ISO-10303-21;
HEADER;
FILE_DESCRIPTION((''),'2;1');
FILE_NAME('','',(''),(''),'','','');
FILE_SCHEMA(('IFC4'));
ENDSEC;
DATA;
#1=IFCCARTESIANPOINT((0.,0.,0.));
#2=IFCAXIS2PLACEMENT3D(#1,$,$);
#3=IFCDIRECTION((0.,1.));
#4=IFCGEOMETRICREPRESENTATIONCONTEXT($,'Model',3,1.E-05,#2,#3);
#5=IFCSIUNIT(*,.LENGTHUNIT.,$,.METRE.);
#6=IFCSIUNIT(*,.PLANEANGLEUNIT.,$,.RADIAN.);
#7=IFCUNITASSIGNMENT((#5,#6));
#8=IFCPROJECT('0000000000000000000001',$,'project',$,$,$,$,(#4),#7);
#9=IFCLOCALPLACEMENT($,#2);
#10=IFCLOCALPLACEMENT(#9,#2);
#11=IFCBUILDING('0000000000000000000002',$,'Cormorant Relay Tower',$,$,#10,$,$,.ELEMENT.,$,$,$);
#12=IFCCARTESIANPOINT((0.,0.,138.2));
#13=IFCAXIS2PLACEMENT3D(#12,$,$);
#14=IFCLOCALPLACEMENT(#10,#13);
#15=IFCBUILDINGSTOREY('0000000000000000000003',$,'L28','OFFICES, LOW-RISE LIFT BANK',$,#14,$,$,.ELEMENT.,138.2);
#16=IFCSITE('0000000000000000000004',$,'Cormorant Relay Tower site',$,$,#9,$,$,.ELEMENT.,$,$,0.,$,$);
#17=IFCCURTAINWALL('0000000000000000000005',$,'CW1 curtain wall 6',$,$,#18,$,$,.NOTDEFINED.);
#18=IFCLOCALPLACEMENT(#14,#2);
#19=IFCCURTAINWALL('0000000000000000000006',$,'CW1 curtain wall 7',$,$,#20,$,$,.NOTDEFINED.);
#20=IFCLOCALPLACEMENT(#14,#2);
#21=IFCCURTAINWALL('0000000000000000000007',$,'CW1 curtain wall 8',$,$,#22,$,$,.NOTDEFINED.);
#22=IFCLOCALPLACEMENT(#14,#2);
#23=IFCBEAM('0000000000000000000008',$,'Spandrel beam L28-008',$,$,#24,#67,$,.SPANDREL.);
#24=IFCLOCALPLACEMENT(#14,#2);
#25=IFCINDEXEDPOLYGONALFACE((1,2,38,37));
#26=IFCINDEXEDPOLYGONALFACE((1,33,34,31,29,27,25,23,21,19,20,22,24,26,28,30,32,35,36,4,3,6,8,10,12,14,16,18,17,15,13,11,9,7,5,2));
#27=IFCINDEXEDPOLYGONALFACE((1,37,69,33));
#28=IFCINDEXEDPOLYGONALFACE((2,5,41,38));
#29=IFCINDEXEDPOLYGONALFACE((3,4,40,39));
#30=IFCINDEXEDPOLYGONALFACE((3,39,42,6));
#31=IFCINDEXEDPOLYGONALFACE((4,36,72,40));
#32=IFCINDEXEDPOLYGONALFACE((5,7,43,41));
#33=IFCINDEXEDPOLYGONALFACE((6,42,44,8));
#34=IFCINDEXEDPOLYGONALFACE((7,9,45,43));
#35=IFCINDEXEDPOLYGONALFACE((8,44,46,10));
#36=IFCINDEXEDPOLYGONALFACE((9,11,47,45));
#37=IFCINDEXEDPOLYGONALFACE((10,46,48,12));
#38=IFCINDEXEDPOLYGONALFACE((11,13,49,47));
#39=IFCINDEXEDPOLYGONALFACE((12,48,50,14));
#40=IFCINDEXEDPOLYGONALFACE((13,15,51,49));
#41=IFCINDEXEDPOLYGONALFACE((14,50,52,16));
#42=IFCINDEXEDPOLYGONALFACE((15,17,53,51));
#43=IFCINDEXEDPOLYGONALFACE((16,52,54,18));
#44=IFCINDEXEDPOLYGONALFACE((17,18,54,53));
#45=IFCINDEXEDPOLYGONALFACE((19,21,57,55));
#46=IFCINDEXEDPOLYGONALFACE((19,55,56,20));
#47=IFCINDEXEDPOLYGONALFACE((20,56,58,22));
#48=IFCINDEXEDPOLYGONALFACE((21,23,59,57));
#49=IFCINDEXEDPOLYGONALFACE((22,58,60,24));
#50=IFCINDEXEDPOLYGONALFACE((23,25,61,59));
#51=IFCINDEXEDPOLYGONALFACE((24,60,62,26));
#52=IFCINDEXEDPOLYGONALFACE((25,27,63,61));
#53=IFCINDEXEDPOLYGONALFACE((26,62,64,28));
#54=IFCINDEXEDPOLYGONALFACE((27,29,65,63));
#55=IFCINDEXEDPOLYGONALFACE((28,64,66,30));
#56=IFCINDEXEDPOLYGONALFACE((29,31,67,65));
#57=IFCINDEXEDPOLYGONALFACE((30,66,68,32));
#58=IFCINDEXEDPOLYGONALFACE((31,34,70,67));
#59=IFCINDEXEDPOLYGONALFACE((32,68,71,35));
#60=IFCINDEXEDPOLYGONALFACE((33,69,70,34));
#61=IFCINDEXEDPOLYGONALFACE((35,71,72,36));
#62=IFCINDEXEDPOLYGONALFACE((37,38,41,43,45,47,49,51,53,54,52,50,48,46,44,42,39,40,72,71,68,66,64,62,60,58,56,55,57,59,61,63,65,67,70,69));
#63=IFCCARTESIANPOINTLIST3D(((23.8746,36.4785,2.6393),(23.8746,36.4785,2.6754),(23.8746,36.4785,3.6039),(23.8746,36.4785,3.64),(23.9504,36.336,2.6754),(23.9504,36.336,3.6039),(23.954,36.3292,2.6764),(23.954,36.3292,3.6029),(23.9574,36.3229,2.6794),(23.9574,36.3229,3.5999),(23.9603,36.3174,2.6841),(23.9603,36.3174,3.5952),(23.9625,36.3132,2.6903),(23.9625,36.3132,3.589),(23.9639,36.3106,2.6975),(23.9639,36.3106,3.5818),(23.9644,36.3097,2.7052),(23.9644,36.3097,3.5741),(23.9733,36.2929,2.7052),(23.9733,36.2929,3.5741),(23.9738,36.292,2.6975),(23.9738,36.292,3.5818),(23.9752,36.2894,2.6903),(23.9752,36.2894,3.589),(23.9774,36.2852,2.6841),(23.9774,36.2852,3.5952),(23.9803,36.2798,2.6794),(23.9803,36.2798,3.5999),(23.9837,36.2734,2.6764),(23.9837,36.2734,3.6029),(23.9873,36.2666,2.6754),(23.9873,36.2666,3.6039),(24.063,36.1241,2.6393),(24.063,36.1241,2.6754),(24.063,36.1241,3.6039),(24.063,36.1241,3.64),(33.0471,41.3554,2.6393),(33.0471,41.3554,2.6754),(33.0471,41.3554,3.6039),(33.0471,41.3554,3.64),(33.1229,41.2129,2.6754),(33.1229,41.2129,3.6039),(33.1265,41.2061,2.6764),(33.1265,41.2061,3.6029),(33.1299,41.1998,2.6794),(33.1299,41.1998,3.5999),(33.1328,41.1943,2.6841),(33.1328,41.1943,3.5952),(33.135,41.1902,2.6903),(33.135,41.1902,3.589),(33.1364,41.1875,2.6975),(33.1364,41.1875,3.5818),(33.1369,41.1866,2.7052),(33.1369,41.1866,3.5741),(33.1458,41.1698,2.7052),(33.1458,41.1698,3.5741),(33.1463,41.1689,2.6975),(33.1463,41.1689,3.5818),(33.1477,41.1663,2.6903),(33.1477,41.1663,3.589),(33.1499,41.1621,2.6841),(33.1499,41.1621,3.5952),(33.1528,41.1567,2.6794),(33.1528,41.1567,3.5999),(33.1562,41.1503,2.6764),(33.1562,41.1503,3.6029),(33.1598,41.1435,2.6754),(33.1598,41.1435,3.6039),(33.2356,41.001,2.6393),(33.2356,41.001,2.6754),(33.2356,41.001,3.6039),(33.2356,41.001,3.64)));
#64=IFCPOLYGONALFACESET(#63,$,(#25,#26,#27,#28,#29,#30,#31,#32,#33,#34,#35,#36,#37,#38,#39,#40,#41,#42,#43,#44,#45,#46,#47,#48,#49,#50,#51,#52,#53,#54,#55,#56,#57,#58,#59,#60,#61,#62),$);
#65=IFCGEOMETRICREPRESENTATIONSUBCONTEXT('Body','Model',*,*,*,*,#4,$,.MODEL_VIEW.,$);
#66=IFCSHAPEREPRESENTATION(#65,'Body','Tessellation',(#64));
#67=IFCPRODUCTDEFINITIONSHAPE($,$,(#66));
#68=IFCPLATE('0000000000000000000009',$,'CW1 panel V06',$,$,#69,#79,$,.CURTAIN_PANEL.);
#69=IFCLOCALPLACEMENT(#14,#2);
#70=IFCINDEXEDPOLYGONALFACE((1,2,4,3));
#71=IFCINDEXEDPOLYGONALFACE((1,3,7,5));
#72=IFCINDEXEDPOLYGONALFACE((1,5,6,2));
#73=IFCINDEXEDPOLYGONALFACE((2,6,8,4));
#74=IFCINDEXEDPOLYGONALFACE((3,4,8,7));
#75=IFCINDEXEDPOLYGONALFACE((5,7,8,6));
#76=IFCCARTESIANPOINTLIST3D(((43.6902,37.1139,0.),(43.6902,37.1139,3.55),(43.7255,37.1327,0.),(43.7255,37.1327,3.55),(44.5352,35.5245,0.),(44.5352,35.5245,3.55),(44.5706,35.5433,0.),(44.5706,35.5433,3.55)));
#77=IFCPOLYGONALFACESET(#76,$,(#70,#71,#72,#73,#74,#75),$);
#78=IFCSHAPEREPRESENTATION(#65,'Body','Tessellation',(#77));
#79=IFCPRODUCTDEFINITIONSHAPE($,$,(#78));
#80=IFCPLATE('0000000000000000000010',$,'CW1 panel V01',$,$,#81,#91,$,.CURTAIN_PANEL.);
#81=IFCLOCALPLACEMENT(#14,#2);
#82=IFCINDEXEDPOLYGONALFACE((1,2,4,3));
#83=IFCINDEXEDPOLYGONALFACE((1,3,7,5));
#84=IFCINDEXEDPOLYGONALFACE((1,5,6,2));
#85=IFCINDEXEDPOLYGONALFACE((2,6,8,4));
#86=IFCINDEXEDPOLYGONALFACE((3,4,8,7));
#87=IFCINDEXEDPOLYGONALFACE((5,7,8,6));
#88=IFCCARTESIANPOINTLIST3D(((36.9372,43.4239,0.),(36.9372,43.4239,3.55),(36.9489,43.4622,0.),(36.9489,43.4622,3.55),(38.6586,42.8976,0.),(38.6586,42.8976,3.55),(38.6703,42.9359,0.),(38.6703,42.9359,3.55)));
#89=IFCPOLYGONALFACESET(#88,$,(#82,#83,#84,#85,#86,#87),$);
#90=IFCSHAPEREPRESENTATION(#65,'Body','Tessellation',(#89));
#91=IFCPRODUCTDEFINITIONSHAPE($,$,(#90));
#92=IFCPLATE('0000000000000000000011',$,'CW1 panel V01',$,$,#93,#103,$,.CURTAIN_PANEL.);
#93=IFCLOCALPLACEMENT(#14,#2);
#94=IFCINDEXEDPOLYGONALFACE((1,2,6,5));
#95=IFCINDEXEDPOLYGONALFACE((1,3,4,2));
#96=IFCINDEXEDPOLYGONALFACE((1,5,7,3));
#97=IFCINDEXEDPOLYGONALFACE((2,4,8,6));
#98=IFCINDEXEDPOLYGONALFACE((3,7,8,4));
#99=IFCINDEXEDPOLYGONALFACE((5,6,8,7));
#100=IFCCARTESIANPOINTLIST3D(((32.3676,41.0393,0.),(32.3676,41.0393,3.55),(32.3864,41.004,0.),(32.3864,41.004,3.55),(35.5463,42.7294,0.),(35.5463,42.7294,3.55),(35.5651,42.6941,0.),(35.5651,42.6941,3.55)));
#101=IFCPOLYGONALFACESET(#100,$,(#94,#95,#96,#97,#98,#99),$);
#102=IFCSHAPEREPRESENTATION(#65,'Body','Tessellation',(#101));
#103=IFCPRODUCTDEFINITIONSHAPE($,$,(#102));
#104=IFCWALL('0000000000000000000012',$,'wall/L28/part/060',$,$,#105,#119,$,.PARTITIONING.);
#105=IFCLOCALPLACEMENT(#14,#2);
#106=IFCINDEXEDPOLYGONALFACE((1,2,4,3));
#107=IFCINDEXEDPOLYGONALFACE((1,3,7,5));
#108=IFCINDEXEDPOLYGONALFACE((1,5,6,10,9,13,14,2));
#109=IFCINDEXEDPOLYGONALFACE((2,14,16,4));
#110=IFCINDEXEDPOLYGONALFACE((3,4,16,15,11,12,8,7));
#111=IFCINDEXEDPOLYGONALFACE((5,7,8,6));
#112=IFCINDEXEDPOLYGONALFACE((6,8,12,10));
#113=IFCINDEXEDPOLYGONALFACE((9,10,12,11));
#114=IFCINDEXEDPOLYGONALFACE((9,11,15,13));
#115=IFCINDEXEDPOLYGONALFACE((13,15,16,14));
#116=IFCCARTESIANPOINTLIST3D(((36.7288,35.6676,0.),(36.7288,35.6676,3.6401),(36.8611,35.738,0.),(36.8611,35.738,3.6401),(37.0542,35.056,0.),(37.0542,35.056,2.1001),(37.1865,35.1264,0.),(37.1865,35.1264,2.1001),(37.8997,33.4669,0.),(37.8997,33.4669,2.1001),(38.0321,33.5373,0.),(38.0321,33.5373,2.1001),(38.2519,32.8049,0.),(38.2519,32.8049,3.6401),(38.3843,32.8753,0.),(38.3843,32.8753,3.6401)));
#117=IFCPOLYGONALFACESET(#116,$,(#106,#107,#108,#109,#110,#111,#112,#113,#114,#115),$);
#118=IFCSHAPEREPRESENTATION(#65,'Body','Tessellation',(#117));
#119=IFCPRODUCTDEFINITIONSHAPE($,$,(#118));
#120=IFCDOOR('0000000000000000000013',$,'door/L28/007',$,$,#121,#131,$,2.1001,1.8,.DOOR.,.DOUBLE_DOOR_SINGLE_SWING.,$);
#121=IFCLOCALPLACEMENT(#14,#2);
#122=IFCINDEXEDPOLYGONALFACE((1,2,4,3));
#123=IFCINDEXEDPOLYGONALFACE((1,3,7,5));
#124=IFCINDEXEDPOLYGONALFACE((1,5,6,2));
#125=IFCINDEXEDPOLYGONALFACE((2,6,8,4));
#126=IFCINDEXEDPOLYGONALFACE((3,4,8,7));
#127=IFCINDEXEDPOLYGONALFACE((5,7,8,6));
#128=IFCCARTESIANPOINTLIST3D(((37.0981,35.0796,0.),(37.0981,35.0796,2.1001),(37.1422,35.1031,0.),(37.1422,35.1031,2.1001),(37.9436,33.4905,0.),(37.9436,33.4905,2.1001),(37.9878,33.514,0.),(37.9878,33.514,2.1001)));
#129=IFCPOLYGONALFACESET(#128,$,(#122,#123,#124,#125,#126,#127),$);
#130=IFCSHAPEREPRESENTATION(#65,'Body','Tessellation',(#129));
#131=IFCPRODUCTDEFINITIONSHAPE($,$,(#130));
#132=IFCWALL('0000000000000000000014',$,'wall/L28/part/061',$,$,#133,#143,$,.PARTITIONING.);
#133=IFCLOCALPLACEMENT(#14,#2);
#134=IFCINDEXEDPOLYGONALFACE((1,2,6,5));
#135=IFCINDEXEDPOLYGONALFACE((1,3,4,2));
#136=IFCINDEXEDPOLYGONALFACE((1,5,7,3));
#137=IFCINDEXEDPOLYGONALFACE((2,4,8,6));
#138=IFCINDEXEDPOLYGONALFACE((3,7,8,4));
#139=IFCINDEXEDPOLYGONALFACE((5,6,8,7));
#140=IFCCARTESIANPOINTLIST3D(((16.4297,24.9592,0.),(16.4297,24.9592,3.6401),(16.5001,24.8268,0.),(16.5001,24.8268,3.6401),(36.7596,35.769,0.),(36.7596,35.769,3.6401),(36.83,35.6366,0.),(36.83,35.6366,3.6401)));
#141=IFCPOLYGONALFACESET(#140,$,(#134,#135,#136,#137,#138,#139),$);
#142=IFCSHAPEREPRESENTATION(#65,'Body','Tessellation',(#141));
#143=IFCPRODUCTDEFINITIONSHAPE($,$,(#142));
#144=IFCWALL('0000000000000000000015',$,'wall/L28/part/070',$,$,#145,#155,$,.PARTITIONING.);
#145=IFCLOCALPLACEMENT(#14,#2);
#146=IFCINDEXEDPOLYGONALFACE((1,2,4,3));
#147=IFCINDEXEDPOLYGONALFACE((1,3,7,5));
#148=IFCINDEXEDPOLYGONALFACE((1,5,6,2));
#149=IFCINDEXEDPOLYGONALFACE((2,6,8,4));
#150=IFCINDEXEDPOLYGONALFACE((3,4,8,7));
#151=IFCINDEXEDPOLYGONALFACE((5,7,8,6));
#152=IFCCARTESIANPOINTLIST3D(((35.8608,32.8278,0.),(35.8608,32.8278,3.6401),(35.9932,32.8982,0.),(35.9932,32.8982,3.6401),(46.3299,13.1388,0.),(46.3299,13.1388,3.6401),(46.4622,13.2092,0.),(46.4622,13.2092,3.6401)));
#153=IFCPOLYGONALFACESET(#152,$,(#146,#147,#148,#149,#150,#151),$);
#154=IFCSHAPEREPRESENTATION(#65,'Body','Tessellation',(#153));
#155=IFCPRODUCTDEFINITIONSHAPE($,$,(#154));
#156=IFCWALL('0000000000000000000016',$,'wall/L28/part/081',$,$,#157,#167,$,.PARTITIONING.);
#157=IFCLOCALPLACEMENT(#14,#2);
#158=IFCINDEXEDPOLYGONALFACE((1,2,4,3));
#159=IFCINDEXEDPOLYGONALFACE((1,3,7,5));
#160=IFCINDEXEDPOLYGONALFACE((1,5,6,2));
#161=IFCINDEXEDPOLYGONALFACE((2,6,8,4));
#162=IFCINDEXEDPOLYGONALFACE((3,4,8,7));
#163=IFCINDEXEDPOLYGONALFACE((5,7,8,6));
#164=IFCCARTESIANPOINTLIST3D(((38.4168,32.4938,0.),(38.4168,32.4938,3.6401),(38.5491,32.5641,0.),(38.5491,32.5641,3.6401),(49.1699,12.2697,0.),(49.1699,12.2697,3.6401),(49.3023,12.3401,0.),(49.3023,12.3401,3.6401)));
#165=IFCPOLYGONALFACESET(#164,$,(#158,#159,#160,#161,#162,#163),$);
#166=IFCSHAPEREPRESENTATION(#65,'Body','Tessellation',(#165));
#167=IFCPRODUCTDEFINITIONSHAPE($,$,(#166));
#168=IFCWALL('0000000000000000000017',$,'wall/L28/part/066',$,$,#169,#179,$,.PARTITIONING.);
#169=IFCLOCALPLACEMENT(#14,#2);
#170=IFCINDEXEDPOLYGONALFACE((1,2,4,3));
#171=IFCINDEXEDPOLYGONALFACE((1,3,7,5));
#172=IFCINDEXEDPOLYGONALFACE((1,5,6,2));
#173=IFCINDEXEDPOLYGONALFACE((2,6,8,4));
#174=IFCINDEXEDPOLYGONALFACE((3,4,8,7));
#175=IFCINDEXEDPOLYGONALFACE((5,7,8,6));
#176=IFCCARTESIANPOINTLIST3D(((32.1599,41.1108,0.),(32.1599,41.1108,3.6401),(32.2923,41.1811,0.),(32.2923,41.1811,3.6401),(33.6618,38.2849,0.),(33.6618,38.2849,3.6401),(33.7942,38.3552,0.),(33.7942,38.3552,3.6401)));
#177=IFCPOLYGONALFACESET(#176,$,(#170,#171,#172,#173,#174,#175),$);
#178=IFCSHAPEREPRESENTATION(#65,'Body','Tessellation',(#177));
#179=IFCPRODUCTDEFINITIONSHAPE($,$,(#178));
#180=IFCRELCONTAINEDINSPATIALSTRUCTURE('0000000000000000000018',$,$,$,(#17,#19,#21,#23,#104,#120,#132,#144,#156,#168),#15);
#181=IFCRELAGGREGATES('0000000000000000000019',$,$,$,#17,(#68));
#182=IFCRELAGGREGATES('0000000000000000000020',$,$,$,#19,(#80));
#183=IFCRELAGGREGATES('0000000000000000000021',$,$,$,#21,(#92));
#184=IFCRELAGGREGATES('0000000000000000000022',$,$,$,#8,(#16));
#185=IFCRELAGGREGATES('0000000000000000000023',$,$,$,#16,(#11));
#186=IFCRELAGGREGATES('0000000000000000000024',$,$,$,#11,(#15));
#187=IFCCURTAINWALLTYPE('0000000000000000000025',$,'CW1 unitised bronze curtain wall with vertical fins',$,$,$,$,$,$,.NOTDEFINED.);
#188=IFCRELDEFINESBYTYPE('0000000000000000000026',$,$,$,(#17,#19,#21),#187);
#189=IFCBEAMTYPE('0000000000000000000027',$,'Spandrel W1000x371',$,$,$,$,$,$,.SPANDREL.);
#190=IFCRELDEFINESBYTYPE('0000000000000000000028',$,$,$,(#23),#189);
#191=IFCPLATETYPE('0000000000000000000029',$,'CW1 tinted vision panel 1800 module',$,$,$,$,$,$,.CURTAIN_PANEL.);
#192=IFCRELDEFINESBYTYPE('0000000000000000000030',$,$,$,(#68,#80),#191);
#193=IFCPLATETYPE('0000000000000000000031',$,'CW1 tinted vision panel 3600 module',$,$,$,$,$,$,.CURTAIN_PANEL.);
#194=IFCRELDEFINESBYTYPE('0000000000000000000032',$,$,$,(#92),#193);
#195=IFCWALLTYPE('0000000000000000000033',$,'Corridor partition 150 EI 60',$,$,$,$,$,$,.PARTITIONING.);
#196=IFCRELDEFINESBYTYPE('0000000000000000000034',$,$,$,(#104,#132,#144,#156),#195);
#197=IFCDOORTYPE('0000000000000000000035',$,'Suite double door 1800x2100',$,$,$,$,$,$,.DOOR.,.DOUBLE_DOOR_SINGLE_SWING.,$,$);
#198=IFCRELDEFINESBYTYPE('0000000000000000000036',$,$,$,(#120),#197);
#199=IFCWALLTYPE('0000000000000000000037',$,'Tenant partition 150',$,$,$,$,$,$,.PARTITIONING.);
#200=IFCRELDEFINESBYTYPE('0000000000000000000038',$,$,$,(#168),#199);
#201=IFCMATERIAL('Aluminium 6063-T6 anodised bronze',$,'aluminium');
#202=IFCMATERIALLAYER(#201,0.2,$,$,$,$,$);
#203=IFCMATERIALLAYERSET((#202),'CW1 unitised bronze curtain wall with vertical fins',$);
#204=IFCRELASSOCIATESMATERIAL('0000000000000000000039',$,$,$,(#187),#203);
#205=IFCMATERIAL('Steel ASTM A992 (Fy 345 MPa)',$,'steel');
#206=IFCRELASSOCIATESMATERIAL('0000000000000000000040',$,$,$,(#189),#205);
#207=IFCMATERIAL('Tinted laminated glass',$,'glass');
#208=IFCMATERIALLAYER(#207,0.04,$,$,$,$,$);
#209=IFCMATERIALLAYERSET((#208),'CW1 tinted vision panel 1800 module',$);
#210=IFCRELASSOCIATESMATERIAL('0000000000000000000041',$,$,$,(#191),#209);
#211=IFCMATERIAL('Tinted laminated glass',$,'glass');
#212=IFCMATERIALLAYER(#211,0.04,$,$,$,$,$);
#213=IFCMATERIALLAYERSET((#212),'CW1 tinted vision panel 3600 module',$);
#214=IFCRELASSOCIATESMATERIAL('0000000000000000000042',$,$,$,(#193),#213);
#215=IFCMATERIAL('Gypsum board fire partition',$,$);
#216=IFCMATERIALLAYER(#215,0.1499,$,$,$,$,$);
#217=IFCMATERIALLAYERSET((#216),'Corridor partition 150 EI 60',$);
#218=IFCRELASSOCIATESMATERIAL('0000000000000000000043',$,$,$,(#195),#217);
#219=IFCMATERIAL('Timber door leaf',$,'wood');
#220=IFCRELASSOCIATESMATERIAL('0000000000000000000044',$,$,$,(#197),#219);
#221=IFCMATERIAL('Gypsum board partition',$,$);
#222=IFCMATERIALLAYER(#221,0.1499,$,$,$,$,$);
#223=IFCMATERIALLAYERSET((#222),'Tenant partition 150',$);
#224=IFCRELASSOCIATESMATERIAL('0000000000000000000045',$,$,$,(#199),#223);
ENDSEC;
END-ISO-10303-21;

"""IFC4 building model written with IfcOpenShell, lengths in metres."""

from ifc_helpers import new_model, si_unit, direction, frame, frame_2d, origin, origin_2d, place, context, subcontext, project, spatial, rectangle, i_section, extrude, material, layer, layer_set, material_profile, profile_set, type_object, element, fill, aggregate, save


model = new_model("IFC4")

# Units and contexts
model_context = context("Model", 3, precision=1e-05, world=origin(), true_north=direction((0.0, 1.0)))
body_context = subcontext(model_context, "Body", "Model", "MODEL_VIEW")
ifc_project = project(units=[si_unit("LENGTHUNIT", "METRE"), si_unit("PLANEANGLEUNIT", "RADIAN")], contexts=[model_context])

# Site, building, storey
site_placement = place(None, origin())
site = spatial("IfcSite", under=ifc_project, at=site_placement, Name="Cormorant Relay Tower site", CompositionType="ELEMENT", RefElevation=0.0)
building_placement = place(site_placement, origin())
building = spatial("IfcBuilding", under=site, at=building_placement, Name="Cormorant Relay Tower", CompositionType="ELEMENT")
storey_placement = place(building_placement, frame((0.0, 0.0, 138.2)))
storey = spatial("IfcBuildingStorey", under=building, at=storey_placement, Name="L28", Description="OFFICES, LOW-RISE LIFT BANK", CompositionType="ELEMENT", Elevation=138.2)

# Curtain wall
ifc_material_1 = material(Name="Aluminium 6063-T6 anodised bronze", Category="aluminium")
ifc_layer_1 = layer(ifc_material_1, 0.2)
ifc_layer_set_1 = layer_set([ifc_layer_1], Name="CW1 unitised bronze curtain wall with vertical fins")
curtain_wall_type = type_object("IfcCurtainWallType", Name="CW1 unitised bronze curtain wall with vertical fins", PredefinedType="NOTDEFINED", material=ifc_layer_set_1)
curtain_wall_1_placement = place(storey_placement, origin())
curtain_wall_1 = element("IfcCurtainWall", 1, at=curtain_wall_1_placement, inside=storey, type_object=curtain_wall_type, Name="CW1 curtain wall 6", PredefinedType="NOTDEFINED")

# Curtain wall
curtain_wall_2_placement = place(storey_placement, origin())
curtain_wall_2 = element("IfcCurtainWall", 2, at=curtain_wall_2_placement, inside=storey, type_object=curtain_wall_type, Name="CW1 curtain wall 7", PredefinedType="NOTDEFINED")

# Curtain wall
curtain_wall_3_placement = place(storey_placement, origin())
curtain_wall_3 = element("IfcCurtainWall", 3, at=curtain_wall_3_placement, inside=storey, type_object=curtain_wall_type, Name="CW1 curtain wall 8", PredefinedType="NOTDEFINED")

# Beam
ifc_material_2 = material(Name="Steel ASTM A992 (Fy 345 MPa)", Category="steel")
ifc_material_profile_1 = material_profile(ifc_material_2, i_section(OverallWidth=0.4014, OverallDepth=1.0007, WebThickness=0.019, FlangeThickness=0.0361, FilletRadius=0.0298, at=origin_2d()), Name="W1000x371")
ifc_profile_set_1 = profile_set([ifc_material_profile_1], Name="Steel ASTM A992 (Fy 345 MPa)")
beam_type = type_object("IfcBeamType", Name="Spandrel W1000x371", PredefinedType="SPANDREL", material=ifc_profile_set_1)
beam_1_placement = place(storey_placement, frame((33.1414, 41.1782, 3.1396), z_axis=(-0.882956, -0.469456, 0.0), x_axis=(0.469456, -0.882956, 0.0)))
element("IfcBeam", 4, at=beam_1_placement, inside=storey, type_object=beam_type, Name="Spandrel beam L28-008", PredefinedType="SPANDREL", context=body_context, shape_type="SweptSolid", body=[
    extrude(i_section(OverallWidth=0.4014, OverallDepth=1.0007, WebThickness=0.019, FlangeThickness=0.0361, FilletRadius=0.0298, at=origin_2d()), origin(), (0.0, 0.0, 1.0), 10.3884),
])

# Plates
ifc_material_3 = material(Name="Tinted laminated glass", Category="glass")
ifc_layer_2 = layer(ifc_material_3, 0.04)
ifc_layer_set_2 = layer_set([ifc_layer_2], Name="CW1 tinted vision panel 1800 module")
plate_type_1 = type_object("IfcPlateType", Name="CW1 tinted vision panel 1800 module", PredefinedType="CURTAIN_PANEL", material=ifc_layer_set_2)
plate_1_placement = place(storey_placement, frame((44.1304, 36.3286, 0.0), z_axis=(0.0, 0.0, 1.0), x_axis=(-0.469472, 0.882948, 0.0)))
plate_1 = element("IfcPlate", 5, at=plate_1_placement, type_object=plate_type_1, Name="CW1 panel V06", PredefinedType="CURTAIN_PANEL", context=body_context, shape_type="SweptSolid", body=[
    extrude(rectangle(XDim=1.8, YDim=0.04, at=origin_2d()), origin(), (0.0, 0.0, 1.0), 3.55),
])
plate_2_placement = place(storey_placement, frame((37.8037, 43.1799, 0.0), z_axis=(0.0, 0.0, 1.0), x_axis=(-0.956305, 0.292372, 0.0)))
plate_2 = element("IfcPlate", 6, at=plate_2_placement, type_object=plate_type_1, Name="CW1 panel V01", PredefinedType="CURTAIN_PANEL", context=body_context, shape_type="SweptSolid", body=[
    extrude(rectangle(XDim=1.8, YDim=0.04, at=origin_2d()), origin(), (0.0, 0.0, 1.0), 3.55),
])
ifc_material_4 = material(Name="Tinted laminated glass", Category="glass")
ifc_layer_3 = layer(ifc_material_4, 0.04)
ifc_layer_set_3 = layer_set([ifc_layer_3], Name="CW1 tinted vision panel 3600 module")
plate_type_2 = type_object("IfcPlateType", Name="CW1 tinted vision panel 3600 module", PredefinedType="CURTAIN_PANEL", material=ifc_layer_set_3)
plate_3_placement = place(storey_placement, frame((33.9663, 41.8667, 0.0), z_axis=(0.0, 0.0, 1.0), x_axis=(-0.882948, -0.469472, 0.0)))
plate_3 = element("IfcPlate", 7, at=plate_3_placement, type_object=plate_type_2, Name="CW1 panel V01", PredefinedType="CURTAIN_PANEL", context=body_context, shape_type="SweptSolid", body=[
    extrude(rectangle(XDim=3.6001, YDim=0.04, at=origin_2d()), origin(), (0.0, 0.0, 1.0), 3.55),
])

# Wall, opening, door
ifc_material_5 = material(Name="Gypsum board fire partition")
ifc_layer_4 = layer(ifc_material_5, 0.1499)
ifc_layer_set_4 = layer_set([ifc_layer_4], Name="Corridor partition 150 EI 60")
wall_type_1 = type_object("IfcWallType", Name="Corridor partition 150 EI 60", PredefinedType="PARTITIONING", material=ifc_layer_set_4)
wall_1_placement = place(storey_placement, frame((38.3181, 32.8401, 0.0), z_axis=(0.0, 0.0, 1.0), x_axis=(-0.469717, 0.882817, 0.0)))
wall_1 = element("IfcWall", 8, at=wall_1_placement, inside=storey, type_object=wall_type_1, Name="wall/L28/part/060", PredefinedType="PARTITIONING", context=body_context, shape_type="SweptSolid", body=[
    extrude(rectangle(XDim=3.2427, YDim=0.1499, at=frame_2d((1.6213, 0.0))), origin(), (0.0, 0.0, 1.0), 3.6401),
])
opening_placement = place(wall_1_placement, frame((0.75, 0.0, 0.0)))
opening = element("IfcOpeningElement", 9, at=opening_placement, cuts=wall_1, PredefinedType="OPENING", context=body_context, shape_type="SweptSolid", body=[
    extrude(rectangle(XDim=1.8, YDim=2.1001, at=frame_2d((0.8999, 1.05))), frame((0.0, 0.085, 0.0), z_axis=(0.0, -1.0, 0.0), x_axis=(1.0, 0.0, 0.0)), (0.0, 0.0, 1.0), 0.1699),
])
ifc_material_6 = material(Name="Timber door leaf", Category="wood")
door_type = type_object("IfcDoorType", Name="Suite double door 1800x2100", OperationType="DOUBLE_DOOR_SINGLE_SWING", PredefinedType="DOOR", material=ifc_material_6)
door_placement = place(opening_placement, frame((1.8, 0.0, 0.0), z_axis=(0.0, 0.0, 1.0), x_axis=(-1.0, 0.0, 0.0)))
door = element("IfcDoor", 10, at=door_placement, inside=storey, type_object=door_type, Name="door/L28/007", OperationType="DOUBLE_DOOR_SINGLE_SWING", OverallHeight=2.1001, OverallWidth=1.8, PredefinedType="DOOR", context=body_context, shape_type="SweptSolid", body=[
    extrude(rectangle(XDim=1.8, YDim=2.1001, at=frame_2d((0.8999, 1.05))), frame((0.0, 0.0249, 0.0), z_axis=(0.0, -1.0, 0.0), x_axis=(1.0, 0.0, 0.0)), (0.0, 0.0, 1.0), 0.05),
])
fill(opening, door)

# Walls
wall_2_placement = place(storey_placement, frame((36.7949, 35.7029, 0.0), z_axis=(0.0, 0.0, 1.0), x_axis=(-0.882943, -0.46948, 0.0)))
element("IfcWall", 11, at=wall_2_placement, inside=storey, type_object=wall_type_1, Name="wall/L28/part/061", PredefinedType="PARTITIONING", context=body_context, shape_type="SweptSolid", body=[
    extrude(rectangle(XDim=23.0251, YDim=0.1499, at=frame_2d((11.5127, 0.0))), origin(), (0.0, 0.0, 1.0), 3.6401),
])
wall_3_placement = place(storey_placement, frame((35.927, 32.863, 0.0), z_axis=(0.0, 0.0, 1.0), x_axis=(0.469478, -0.882944, 0.0)))
element("IfcWall", 12, at=wall_3_placement, inside=storey, type_object=wall_type_1, Name="wall/L28/part/070", PredefinedType="PARTITIONING", context=body_context, shape_type="SweptSolid", body=[
    extrude(rectangle(XDim=22.2993, YDim=0.1499, at=frame_2d((11.1497, 0.0))), origin(), (0.0, 0.0, 1.0), 3.6401),
])
wall_4_placement = place(storey_placement, frame((38.4829, 32.5291, 0.0), z_axis=(0.0, 0.0, 1.0), x_axis=(0.469465, -0.882951, 0.0)))
element("IfcWall", 13, at=wall_4_placement, inside=storey, type_object=wall_type_1, Name="wall/L28/part/081", PredefinedType="PARTITIONING", context=body_context, shape_type="SweptSolid", body=[
    extrude(rectangle(XDim=22.905, YDim=0.1499, at=frame_2d((11.4526, 0.0))), origin(), (0.0, 0.0, 1.0), 3.6401),
])
ifc_material_7 = material(Name="Gypsum board partition")
ifc_layer_5 = layer(ifc_material_7, 0.1499)
ifc_layer_set_5 = layer_set([ifc_layer_5], Name="Tenant partition 150")
wall_type_2 = type_object("IfcWallType", Name="Tenant partition 150", PredefinedType="PARTITIONING", material=ifc_layer_set_5)
wall_5_placement = place(storey_placement, frame((33.728, 38.3201, 0.0), z_axis=(0.0, 0.0, 1.0), x_axis=(-0.469321, 0.883028, 0.0)))
element("IfcWall", 14, at=wall_5_placement, inside=storey, type_object=wall_type_2, Name="wall/L28/part/066", PredefinedType="PARTITIONING", context=body_context, shape_type="SweptSolid", body=[
    extrude(rectangle(XDim=3.2002, YDim=0.1499, at=frame_2d((1.6001, 0.0))), origin(), (0.0, 0.0, 1.0), 3.6401),
])

aggregate(curtain_wall_1, [plate_1])
aggregate(curtain_wall_2, [plate_2])
aggregate(curtain_wall_3, [plate_3])

save(model, "model.ifc")
